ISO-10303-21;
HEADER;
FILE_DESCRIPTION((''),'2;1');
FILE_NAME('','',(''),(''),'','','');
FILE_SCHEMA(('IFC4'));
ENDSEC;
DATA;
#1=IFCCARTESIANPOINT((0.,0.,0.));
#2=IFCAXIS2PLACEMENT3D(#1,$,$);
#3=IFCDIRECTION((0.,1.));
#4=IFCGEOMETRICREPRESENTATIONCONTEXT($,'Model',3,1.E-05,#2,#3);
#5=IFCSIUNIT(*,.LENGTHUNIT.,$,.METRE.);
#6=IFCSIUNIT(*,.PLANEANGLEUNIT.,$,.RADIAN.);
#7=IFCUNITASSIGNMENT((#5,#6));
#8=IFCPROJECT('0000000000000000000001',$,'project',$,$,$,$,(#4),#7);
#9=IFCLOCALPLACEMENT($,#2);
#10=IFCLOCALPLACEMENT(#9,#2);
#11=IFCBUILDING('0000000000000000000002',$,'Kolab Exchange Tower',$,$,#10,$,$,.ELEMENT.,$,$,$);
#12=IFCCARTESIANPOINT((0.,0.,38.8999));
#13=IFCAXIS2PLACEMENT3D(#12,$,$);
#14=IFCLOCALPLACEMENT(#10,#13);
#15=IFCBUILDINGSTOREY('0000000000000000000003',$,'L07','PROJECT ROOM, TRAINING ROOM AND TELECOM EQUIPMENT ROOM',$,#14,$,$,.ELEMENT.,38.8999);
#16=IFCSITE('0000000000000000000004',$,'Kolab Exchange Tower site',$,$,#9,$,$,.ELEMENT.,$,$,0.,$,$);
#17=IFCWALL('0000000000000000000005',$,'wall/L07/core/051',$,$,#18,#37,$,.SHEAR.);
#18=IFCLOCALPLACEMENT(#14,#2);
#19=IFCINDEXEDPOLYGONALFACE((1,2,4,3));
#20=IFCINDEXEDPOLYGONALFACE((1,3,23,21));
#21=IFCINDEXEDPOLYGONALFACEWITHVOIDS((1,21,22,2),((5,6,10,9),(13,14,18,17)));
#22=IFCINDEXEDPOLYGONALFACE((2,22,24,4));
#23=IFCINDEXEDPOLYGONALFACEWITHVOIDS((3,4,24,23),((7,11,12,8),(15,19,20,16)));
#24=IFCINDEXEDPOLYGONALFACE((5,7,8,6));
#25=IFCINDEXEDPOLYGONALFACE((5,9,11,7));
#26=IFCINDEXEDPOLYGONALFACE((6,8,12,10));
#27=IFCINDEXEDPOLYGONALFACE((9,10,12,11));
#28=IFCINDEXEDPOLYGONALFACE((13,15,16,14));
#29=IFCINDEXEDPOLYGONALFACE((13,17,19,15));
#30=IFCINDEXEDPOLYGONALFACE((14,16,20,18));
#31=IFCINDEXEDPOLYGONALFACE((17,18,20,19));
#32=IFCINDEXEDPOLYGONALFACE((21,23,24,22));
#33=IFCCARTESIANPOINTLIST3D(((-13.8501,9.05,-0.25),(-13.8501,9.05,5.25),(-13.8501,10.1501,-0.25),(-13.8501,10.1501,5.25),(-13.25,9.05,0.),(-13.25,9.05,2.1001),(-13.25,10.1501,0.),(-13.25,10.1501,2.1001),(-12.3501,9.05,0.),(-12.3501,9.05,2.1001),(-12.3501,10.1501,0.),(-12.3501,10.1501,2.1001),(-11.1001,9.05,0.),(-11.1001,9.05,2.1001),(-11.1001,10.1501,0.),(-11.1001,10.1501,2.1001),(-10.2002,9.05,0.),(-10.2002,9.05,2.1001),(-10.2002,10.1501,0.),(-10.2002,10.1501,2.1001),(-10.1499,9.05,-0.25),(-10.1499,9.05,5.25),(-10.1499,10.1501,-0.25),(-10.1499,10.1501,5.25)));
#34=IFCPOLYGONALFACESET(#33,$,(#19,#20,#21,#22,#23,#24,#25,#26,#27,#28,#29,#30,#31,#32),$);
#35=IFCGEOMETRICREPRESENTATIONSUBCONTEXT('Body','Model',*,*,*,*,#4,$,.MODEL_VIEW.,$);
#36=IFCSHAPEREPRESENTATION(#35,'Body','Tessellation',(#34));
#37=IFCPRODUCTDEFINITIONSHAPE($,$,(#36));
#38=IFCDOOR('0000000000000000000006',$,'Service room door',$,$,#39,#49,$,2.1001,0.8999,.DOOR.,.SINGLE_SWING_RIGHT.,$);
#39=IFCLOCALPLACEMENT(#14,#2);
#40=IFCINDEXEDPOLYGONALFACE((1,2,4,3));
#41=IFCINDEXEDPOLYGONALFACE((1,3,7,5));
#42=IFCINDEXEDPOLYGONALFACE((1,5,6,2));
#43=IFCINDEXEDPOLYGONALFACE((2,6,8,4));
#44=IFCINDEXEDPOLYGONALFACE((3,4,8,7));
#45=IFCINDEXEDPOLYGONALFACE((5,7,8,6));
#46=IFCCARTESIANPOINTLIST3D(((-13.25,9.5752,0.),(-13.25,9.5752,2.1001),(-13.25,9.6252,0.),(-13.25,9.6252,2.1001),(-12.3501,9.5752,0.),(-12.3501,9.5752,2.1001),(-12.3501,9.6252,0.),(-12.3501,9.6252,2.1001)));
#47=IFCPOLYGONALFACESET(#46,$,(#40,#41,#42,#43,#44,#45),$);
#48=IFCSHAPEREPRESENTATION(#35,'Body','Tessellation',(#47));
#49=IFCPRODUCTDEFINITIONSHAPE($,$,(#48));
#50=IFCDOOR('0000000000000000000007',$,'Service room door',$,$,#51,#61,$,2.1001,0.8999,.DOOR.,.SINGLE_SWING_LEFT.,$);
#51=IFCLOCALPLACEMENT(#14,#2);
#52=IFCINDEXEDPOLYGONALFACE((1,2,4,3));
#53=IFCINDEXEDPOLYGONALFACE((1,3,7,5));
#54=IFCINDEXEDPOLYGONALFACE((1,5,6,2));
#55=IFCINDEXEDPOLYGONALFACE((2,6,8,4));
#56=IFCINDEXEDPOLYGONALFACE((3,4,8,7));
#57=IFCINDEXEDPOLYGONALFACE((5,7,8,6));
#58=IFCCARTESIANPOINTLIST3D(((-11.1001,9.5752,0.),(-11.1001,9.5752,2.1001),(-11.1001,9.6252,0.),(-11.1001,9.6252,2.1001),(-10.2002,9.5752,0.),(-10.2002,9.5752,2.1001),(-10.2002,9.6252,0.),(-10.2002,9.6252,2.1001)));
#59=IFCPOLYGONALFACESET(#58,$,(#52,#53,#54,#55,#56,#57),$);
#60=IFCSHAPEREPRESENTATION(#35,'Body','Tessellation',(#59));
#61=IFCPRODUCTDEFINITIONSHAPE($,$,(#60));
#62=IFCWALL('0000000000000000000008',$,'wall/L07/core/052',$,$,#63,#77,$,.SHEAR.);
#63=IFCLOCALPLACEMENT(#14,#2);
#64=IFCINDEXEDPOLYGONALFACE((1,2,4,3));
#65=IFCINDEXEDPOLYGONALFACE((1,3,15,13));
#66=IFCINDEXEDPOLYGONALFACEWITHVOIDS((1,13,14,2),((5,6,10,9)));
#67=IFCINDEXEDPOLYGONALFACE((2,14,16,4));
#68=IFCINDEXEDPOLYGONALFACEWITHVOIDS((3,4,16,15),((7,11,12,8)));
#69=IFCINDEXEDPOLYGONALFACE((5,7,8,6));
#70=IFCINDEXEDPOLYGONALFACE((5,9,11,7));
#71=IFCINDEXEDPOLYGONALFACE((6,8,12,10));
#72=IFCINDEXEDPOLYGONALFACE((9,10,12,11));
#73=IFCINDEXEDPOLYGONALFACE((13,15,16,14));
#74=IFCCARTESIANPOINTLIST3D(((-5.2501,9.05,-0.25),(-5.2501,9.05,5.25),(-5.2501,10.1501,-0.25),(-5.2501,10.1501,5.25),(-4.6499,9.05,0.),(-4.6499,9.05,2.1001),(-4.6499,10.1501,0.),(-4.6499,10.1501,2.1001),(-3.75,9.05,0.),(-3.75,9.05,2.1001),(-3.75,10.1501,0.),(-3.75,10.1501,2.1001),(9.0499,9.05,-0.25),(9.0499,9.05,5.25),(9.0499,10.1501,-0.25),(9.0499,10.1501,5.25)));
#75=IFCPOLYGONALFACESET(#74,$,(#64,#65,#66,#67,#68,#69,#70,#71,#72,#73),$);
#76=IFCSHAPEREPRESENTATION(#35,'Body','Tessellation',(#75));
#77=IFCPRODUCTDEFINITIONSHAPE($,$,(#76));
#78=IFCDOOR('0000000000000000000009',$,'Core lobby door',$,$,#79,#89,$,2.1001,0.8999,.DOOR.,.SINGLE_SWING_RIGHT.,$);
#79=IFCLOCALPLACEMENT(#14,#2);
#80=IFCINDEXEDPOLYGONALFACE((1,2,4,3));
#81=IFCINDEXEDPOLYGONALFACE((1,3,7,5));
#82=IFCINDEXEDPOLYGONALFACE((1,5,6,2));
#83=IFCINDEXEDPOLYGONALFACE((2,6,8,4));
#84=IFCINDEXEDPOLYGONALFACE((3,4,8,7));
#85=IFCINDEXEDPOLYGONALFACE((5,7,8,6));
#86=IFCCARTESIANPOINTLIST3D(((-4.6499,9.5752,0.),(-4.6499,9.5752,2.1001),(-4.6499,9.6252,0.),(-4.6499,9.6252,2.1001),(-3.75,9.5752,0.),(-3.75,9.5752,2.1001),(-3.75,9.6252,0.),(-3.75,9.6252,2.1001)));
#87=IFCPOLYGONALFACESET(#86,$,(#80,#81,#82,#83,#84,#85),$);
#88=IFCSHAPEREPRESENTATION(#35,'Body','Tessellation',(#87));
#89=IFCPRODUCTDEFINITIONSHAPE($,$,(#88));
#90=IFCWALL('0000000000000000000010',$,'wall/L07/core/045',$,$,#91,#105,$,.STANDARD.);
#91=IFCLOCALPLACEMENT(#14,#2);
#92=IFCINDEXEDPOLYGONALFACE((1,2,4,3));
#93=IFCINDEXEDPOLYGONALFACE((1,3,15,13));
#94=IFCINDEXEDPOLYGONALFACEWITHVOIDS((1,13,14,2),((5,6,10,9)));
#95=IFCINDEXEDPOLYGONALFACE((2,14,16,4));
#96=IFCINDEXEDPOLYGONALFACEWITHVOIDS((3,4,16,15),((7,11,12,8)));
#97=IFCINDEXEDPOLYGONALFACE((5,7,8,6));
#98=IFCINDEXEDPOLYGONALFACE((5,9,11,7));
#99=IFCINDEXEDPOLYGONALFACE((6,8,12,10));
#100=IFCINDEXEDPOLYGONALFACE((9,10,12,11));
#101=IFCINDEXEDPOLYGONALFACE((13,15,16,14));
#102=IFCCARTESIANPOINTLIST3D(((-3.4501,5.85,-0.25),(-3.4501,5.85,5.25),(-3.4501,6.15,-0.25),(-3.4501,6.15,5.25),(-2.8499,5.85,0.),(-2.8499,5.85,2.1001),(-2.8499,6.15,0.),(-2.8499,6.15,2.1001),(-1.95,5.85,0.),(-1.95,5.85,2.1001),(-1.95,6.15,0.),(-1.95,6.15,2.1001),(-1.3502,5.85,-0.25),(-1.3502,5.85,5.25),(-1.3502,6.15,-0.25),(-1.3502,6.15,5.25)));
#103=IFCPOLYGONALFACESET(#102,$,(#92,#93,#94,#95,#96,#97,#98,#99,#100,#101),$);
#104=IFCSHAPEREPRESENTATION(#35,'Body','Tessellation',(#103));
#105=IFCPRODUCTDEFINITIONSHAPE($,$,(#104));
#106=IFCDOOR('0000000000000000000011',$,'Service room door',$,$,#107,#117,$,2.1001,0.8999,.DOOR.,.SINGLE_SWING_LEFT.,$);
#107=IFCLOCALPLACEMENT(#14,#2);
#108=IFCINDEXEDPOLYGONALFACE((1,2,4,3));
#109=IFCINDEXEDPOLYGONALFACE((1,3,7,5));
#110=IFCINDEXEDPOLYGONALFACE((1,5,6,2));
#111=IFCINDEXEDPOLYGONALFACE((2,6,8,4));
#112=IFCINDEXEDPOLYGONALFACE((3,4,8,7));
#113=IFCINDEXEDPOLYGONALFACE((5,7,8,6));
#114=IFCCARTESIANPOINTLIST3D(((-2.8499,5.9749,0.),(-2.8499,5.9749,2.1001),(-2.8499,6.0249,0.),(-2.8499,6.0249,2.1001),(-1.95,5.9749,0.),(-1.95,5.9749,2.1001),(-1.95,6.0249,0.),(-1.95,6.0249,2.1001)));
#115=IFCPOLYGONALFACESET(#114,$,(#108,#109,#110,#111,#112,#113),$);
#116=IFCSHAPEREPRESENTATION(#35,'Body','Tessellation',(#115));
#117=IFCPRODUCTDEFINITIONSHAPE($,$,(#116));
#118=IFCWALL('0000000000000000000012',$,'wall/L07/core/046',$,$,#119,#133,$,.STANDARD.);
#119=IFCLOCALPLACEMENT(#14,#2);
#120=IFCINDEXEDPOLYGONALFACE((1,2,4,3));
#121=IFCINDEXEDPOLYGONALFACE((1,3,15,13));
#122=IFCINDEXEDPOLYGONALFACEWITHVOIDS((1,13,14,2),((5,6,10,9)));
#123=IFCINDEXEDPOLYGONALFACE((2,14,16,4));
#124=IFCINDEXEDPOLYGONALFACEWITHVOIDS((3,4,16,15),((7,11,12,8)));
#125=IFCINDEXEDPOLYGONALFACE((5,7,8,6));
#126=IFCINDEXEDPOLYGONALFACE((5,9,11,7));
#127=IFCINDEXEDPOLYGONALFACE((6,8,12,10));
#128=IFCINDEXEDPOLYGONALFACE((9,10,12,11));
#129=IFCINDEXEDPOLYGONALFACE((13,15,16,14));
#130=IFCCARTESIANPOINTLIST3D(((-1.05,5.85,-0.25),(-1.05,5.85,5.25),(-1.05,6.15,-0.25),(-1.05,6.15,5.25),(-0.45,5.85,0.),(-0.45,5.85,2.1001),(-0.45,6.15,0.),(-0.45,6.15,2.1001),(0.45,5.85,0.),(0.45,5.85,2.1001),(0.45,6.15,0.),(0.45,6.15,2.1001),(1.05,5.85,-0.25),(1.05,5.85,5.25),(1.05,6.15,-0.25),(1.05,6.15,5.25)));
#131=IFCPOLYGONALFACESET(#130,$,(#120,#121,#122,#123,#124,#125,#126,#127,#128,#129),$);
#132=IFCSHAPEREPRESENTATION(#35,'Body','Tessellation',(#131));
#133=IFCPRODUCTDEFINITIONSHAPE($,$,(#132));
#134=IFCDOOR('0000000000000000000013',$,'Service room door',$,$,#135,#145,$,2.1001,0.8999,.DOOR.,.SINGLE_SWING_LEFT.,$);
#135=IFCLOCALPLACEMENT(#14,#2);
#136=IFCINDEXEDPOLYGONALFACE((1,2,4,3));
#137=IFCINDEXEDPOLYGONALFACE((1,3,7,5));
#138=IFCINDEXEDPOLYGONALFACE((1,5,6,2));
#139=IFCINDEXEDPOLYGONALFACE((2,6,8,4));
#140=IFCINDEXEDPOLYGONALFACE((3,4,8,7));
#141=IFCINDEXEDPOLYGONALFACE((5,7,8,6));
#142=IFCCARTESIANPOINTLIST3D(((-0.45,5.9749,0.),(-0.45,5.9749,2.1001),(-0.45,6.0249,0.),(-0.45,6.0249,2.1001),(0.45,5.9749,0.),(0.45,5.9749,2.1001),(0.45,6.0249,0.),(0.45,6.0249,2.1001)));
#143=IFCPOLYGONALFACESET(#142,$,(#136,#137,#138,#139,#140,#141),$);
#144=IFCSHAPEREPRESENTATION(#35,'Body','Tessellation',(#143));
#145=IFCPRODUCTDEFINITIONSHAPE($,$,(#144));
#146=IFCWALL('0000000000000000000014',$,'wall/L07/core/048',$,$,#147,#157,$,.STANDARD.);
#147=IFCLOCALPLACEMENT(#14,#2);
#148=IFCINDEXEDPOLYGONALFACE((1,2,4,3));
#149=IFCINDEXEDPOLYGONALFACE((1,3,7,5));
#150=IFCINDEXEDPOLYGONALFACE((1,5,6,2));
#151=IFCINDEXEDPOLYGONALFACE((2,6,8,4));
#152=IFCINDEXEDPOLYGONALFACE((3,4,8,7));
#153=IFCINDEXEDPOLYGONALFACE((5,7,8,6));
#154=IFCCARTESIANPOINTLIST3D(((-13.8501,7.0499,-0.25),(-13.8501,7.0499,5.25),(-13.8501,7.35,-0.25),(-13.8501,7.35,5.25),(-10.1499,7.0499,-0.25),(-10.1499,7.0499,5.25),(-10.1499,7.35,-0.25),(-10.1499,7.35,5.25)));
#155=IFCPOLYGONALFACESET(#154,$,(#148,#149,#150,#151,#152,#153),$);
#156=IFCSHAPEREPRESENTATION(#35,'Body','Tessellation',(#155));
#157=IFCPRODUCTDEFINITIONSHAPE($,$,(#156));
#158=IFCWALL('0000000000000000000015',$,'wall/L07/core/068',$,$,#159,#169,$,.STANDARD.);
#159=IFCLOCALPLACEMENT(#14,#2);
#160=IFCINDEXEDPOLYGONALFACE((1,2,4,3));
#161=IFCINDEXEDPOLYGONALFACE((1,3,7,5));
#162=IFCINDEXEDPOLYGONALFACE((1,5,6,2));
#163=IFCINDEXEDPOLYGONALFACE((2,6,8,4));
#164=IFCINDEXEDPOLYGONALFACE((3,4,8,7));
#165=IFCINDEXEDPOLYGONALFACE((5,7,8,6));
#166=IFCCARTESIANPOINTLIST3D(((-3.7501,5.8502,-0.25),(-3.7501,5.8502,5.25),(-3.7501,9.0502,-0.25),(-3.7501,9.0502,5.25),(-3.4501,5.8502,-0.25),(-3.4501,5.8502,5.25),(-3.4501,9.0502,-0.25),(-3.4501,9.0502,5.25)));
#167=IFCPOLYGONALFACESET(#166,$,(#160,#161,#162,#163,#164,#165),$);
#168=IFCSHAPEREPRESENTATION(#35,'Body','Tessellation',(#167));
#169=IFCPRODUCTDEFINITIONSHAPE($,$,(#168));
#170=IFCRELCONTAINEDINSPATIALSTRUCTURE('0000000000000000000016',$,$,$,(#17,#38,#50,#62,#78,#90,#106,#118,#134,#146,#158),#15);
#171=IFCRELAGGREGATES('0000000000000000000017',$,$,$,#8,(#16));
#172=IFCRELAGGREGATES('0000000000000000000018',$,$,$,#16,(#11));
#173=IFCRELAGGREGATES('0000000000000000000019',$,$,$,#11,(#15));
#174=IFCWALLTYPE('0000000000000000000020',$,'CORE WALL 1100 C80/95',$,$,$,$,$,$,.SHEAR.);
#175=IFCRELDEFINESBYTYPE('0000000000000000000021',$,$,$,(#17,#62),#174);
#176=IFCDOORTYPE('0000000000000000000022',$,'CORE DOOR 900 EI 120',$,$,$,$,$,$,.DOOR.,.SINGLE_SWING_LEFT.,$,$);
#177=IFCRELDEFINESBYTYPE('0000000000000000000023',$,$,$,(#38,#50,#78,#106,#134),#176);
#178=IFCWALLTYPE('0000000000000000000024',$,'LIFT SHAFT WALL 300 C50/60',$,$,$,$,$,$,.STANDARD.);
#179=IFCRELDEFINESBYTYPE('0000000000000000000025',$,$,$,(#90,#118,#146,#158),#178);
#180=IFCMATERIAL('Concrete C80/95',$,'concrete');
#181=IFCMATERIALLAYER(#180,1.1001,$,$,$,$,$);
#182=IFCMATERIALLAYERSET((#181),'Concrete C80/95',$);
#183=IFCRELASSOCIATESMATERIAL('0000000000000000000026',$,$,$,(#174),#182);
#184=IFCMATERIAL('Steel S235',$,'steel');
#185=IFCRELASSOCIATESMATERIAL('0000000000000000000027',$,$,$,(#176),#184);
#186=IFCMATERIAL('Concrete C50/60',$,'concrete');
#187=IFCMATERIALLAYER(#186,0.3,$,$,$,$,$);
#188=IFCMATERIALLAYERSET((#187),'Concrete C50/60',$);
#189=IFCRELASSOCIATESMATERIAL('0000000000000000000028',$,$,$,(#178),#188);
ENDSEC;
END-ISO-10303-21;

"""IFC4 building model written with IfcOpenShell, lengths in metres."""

from ifc_helpers import new_model, si_unit, direction, frame, frame_2d, origin, place, context, subcontext, project, spatial, rectangle, extrude, material, layer, layer_set, type_object, element, fill, save


model = new_model("IFC4")

# Units and contexts
model_context = context("Model", 3, precision=1e-05, world=origin(), true_north=direction((0.0, 1.0)))
body_context = subcontext(model_context, "Body", "Model", "MODEL_VIEW")
ifc_project = project(units=[si_unit("LENGTHUNIT", "METRE"), si_unit("PLANEANGLEUNIT", "RADIAN")], contexts=[model_context])

# Site, building, storey
site_placement = place(None, origin())
site = spatial("IfcSite", under=ifc_project, at=site_placement, Name="Kolab Exchange Tower site", CompositionType="ELEMENT", RefElevation=0.0)
building_placement = place(site_placement, origin())
building = spatial("IfcBuilding", under=site, at=building_placement, Name="Kolab Exchange Tower", CompositionType="ELEMENT")
storey_placement = place(building_placement, frame((0.0, 0.0, 38.8999)))
storey = spatial("IfcBuildingStorey", under=building, at=storey_placement, Name="L07", Description="PROJECT ROOM, TRAINING ROOM AND TELECOM EQUIPMENT ROOM", CompositionType="ELEMENT", Elevation=38.8999)

# Shared definitions
ifc_material_1 = material(Name="Concrete C80/95", Category="concrete")

# Wall, openings, doors
ifc_layer_1 = layer(ifc_material_1, 1.1001)
ifc_layer_set_1 = layer_set([ifc_layer_1], Name="Concrete C80/95")
wall_type_1 = type_object("IfcWallType", Name="CORE WALL 1100 C80/95", PredefinedType="SHEAR", material=ifc_layer_set_1)
wall_1_placement = place(storey_placement, frame((-13.8501, 9.6001, -0.25), z_axis=(0.0, 0.0, 1.0), x_axis=(1.0, 0.0, 0.0)))
wall_1 = element("IfcWall", 1, at=wall_1_placement, inside=storey, type_object=wall_type_1, Name="wall/L07/core/051", PredefinedType="SHEAR", context=body_context, shape_type="SweptSolid", body=[
    extrude(rectangle(XDim=3.7002, YDim=1.1001, at=frame_2d((1.8501, 0.0))), origin(), (0.0, 0.0, 1.0), 5.5),
])
opening_1_placement = place(wall_1_placement, frame((0.6001, 0.0, 0.25)))
opening_1 = element("IfcOpeningElement", 2, at=opening_1_placement, cuts=wall_1, PredefinedType="OPENING", context=body_context, shape_type="SweptSolid", body=[
    extrude(rectangle(XDim=0.8999, YDim=2.1001, at=frame_2d((0.45, 1.05))), frame((0.0, 0.5601, 0.0), z_axis=(0.0, -1.0, 0.0), x_axis=(1.0, 0.0, 0.0)), (0.0, 0.0, 1.0), 1.1201),
])
opening_2_placement = place(wall_1_placement, frame((2.75, 0.0, 0.25)))
opening_2 = element("IfcOpeningElement", 3, at=opening_2_placement, cuts=wall_1, PredefinedType="OPENING", context=body_context, shape_type="SweptSolid", body=[
    extrude(rectangle(XDim=0.8999, YDim=2.1001, at=frame_2d((0.45, 1.05))), frame((0.0, 0.5601, 0.0), z_axis=(0.0, -1.0, 0.0), x_axis=(1.0, 0.0, 0.0)), (0.0, 0.0, 1.0), 1.1201),
])
ifc_material_2 = material(Name="Steel S235", Category="steel")
door_type = type_object("IfcDoorType", Name="CORE DOOR 900 EI 120", OperationType="SINGLE_SWING_LEFT", PredefinedType="DOOR", material=ifc_material_2)
door_1_placement = place(opening_1_placement, frame((0.8999, 0.0, 0.0), z_axis=(0.0, 0.0, 1.0), x_axis=(-1.0, 0.0, 0.0)))
door_1 = element("IfcDoor", 4, at=door_1_placement, inside=storey, type_object=door_type, Name="Service room door", OperationType="SINGLE_SWING_RIGHT", OverallHeight=2.1001, OverallWidth=0.8999, PredefinedType="DOOR", context=body_context, shape_type="SweptSolid", body=[
    extrude(rectangle(XDim=0.8999, YDim=2.1001, at=frame_2d((0.45, 1.05))), frame((0.0, 0.0249, 0.0), z_axis=(0.0, -1.0, 0.0), x_axis=(1.0, 0.0, 0.0)), (0.0, 0.0, 1.0), 0.05),
])
fill(opening_1, door_1)
door_2_placement = place(opening_2_placement, frame((0.8999, 0.0, 0.0), z_axis=(0.0, 0.0, 1.0), x_axis=(-1.0, 0.0, 0.0)))
door_2 = element("IfcDoor", 5, at=door_2_placement, inside=storey, type_object=door_type, Name="Service room door", OperationType="SINGLE_SWING_LEFT", OverallHeight=2.1001, OverallWidth=0.8999, PredefinedType="DOOR", context=body_context, shape_type="SweptSolid", body=[
    extrude(rectangle(XDim=0.8999, YDim=2.1001, at=frame_2d((0.45, 1.05))), frame((0.0, 0.0249, 0.0), z_axis=(0.0, -1.0, 0.0), x_axis=(1.0, 0.0, 0.0)), (0.0, 0.0, 1.0), 0.05),
])
fill(opening_2, door_2)

# Walls, openings, doors
wall_2_placement = place(storey_placement, frame((-5.25, 9.6001, -0.25), z_axis=(0.0, 0.0, 1.0), x_axis=(1.0, 0.0, 0.0)))
wall_2 = element("IfcWall", 6, at=wall_2_placement, inside=storey, type_object=wall_type_1, Name="wall/L07/core/052", PredefinedType="SHEAR", context=body_context, shape_type="SweptSolid", body=[
    extrude(rectangle(XDim=14.3, YDim=1.1001, at=frame_2d((7.1499, 0.0))), origin(), (0.0, 0.0, 1.0), 5.5),
])
opening_3_placement = place(wall_2_placement, frame((0.6001, 0.0, 0.25)))
opening_3 = element("IfcOpeningElement", 7, at=opening_3_placement, cuts=wall_2, PredefinedType="OPENING", context=body_context, shape_type="SweptSolid", body=[
    extrude(rectangle(XDim=0.8999, YDim=2.1001, at=frame_2d((0.45, 1.05))), frame((0.0, 0.5601, 0.0), z_axis=(0.0, -1.0, 0.0), x_axis=(1.0, 0.0, 0.0)), (0.0, 0.0, 1.0), 1.1201),
])
door_3_placement = place(opening_3_placement, frame((0.8999, 0.0, 0.0), z_axis=(0.0, 0.0, 1.0), x_axis=(-1.0, 0.0, 0.0)))
door_3 = element("IfcDoor", 8, at=door_3_placement, inside=storey, type_object=door_type, Name="Core lobby door", OperationType="SINGLE_SWING_RIGHT", OverallHeight=2.1001, OverallWidth=0.8999, PredefinedType="DOOR", context=body_context, shape_type="SweptSolid", body=[
    extrude(rectangle(XDim=0.8999, YDim=2.1001, at=frame_2d((0.45, 1.05))), frame((0.0, 0.0249, 0.0), z_axis=(0.0, -1.0, 0.0), x_axis=(1.0, 0.0, 0.0)), (0.0, 0.0, 1.0), 0.05),
])
fill(opening_3, door_3)
ifc_material_3 = material(Name="Concrete C50/60", Category="concrete")
ifc_layer_2 = layer(ifc_material_3, 0.3)
ifc_layer_set_2 = layer_set([ifc_layer_2], Name="Concrete C50/60")
wall_type_2 = type_object("IfcWallType", Name="LIFT SHAFT WALL 300 C50/60", PredefinedType="STANDARD", material=ifc_layer_set_2)
wall_3_placement = place(storey_placement, frame((-3.45, 6.0, -0.25), z_axis=(0.0, 0.0, 1.0), x_axis=(1.0, 0.0, 0.0)))
wall_3 = element("IfcWall", 9, at=wall_3_placement, inside=storey, type_object=wall_type_2, Name="wall/L07/core/045", PredefinedType="STANDARD", context=body_context, shape_type="SweptSolid", body=[
    extrude(rectangle(XDim=2.0999, YDim=0.3, at=frame_2d((1.0498, 0.0))), origin(), (0.0, 0.0, 1.0), 5.5),
])
opening_4_placement = place(wall_3_placement, frame((0.6001, 0.0, 0.25)))
opening_4 = element("IfcOpeningElement", 10, at=opening_4_placement, cuts=wall_3, PredefinedType="OPENING", context=body_context, shape_type="SweptSolid", body=[
    extrude(rectangle(XDim=0.8999, YDim=2.1001, at=frame_2d((0.45, 1.05))), frame((0.0, 0.1602, 0.0), z_axis=(0.0, -1.0, 0.0), x_axis=(1.0, 0.0, 0.0)), (0.0, 0.0, 1.0), 0.3201),
])
door_4_placement = place(opening_4_placement, origin())
door_4 = element("IfcDoor", 11, at=door_4_placement, inside=storey, type_object=door_type, Name="Service room door", OperationType="SINGLE_SWING_LEFT", OverallHeight=2.1001, OverallWidth=0.8999, PredefinedType="DOOR", context=body_context, shape_type="SweptSolid", body=[
    extrude(rectangle(XDim=0.8999, YDim=2.1001, at=frame_2d((0.45, 1.05))), frame((0.0, 0.0249, 0.0), z_axis=(0.0, -1.0, 0.0), x_axis=(1.0, 0.0, 0.0)), (0.0, 0.0, 1.0), 0.05),
])
fill(opening_4, door_4)
wall_4_placement = place(storey_placement, frame((-1.05, 6.0, -0.25), z_axis=(0.0, 0.0, 1.0), x_axis=(1.0, 0.0, 0.0)))
wall_4 = element("IfcWall", 12, at=wall_4_placement, inside=storey, type_object=wall_type_2, Name="wall/L07/core/046", PredefinedType="STANDARD", context=body_context, shape_type="SweptSolid", body=[
    extrude(rectangle(XDim=2.1001, YDim=0.3, at=frame_2d((1.05, 0.0))), origin(), (0.0, 0.0, 1.0), 5.5),
])
opening_5_placement = place(wall_4_placement, frame((0.6001, 0.0, 0.25)))
opening_5 = element("IfcOpeningElement", 13, at=opening_5_placement, cuts=wall_4, PredefinedType="OPENING", context=body_context, shape_type="SweptSolid", body=[
    extrude(rectangle(XDim=0.8999, YDim=2.1001, at=frame_2d((0.45, 1.05))), frame((0.0, 0.1602, 0.0), z_axis=(0.0, -1.0, 0.0), x_axis=(1.0, 0.0, 0.0)), (0.0, 0.0, 1.0), 0.3201),
])
door_5_placement = place(opening_5_placement, origin())
door_5 = element("IfcDoor", 14, at=door_5_placement, inside=storey, type_object=door_type, Name="Service room door", OperationType="SINGLE_SWING_LEFT", OverallHeight=2.1001, OverallWidth=0.8999, PredefinedType="DOOR", context=body_context, shape_type="SweptSolid", body=[
    extrude(rectangle(XDim=0.8999, YDim=2.1001, at=frame_2d((0.45, 1.05))), frame((0.0, 0.0249, 0.0), z_axis=(0.0, -1.0, 0.0), x_axis=(1.0, 0.0, 0.0)), (0.0, 0.0, 1.0), 0.05),
])
fill(opening_5, door_5)

# Walls
wall_5_placement = place(storey_placement, frame((-13.8501, 7.2, -0.25), z_axis=(0.0, 0.0, 1.0), x_axis=(1.0, 0.0, 0.0)))
element("IfcWall", 15, at=wall_5_placement, inside=storey, type_object=wall_type_2, Name="wall/L07/core/048", PredefinedType="STANDARD", context=body_context, shape_type="SweptSolid", body=[
    extrude(rectangle(XDim=3.7002, YDim=0.3, at=frame_2d((1.8501, 0.0))), origin(), (0.0, 0.0, 1.0), 5.5),
])
for number, where, z_axis, x_axis, name in (
    (16, (-3.6001, 5.8501, -0.25), (0.0, 0.0, 1.0), (0.0, 1.0, 0.0), "wall/L07/core/068"),
):
    element("IfcWall", number, at=place(storey_placement, frame(where, z_axis=z_axis, x_axis=x_axis)), inside=storey, type_object=wall_type_2, Name=name, PredefinedType="STANDARD", context=body_context, shape_type="SweptSolid", body=[
        extrude(rectangle(XDim=3.2, YDim=0.3, at=frame_2d((1.6001, 0.0))), origin(), (0.0, 0.0, 1.0), 5.5),
    ])

save(model, "model.ifc")
